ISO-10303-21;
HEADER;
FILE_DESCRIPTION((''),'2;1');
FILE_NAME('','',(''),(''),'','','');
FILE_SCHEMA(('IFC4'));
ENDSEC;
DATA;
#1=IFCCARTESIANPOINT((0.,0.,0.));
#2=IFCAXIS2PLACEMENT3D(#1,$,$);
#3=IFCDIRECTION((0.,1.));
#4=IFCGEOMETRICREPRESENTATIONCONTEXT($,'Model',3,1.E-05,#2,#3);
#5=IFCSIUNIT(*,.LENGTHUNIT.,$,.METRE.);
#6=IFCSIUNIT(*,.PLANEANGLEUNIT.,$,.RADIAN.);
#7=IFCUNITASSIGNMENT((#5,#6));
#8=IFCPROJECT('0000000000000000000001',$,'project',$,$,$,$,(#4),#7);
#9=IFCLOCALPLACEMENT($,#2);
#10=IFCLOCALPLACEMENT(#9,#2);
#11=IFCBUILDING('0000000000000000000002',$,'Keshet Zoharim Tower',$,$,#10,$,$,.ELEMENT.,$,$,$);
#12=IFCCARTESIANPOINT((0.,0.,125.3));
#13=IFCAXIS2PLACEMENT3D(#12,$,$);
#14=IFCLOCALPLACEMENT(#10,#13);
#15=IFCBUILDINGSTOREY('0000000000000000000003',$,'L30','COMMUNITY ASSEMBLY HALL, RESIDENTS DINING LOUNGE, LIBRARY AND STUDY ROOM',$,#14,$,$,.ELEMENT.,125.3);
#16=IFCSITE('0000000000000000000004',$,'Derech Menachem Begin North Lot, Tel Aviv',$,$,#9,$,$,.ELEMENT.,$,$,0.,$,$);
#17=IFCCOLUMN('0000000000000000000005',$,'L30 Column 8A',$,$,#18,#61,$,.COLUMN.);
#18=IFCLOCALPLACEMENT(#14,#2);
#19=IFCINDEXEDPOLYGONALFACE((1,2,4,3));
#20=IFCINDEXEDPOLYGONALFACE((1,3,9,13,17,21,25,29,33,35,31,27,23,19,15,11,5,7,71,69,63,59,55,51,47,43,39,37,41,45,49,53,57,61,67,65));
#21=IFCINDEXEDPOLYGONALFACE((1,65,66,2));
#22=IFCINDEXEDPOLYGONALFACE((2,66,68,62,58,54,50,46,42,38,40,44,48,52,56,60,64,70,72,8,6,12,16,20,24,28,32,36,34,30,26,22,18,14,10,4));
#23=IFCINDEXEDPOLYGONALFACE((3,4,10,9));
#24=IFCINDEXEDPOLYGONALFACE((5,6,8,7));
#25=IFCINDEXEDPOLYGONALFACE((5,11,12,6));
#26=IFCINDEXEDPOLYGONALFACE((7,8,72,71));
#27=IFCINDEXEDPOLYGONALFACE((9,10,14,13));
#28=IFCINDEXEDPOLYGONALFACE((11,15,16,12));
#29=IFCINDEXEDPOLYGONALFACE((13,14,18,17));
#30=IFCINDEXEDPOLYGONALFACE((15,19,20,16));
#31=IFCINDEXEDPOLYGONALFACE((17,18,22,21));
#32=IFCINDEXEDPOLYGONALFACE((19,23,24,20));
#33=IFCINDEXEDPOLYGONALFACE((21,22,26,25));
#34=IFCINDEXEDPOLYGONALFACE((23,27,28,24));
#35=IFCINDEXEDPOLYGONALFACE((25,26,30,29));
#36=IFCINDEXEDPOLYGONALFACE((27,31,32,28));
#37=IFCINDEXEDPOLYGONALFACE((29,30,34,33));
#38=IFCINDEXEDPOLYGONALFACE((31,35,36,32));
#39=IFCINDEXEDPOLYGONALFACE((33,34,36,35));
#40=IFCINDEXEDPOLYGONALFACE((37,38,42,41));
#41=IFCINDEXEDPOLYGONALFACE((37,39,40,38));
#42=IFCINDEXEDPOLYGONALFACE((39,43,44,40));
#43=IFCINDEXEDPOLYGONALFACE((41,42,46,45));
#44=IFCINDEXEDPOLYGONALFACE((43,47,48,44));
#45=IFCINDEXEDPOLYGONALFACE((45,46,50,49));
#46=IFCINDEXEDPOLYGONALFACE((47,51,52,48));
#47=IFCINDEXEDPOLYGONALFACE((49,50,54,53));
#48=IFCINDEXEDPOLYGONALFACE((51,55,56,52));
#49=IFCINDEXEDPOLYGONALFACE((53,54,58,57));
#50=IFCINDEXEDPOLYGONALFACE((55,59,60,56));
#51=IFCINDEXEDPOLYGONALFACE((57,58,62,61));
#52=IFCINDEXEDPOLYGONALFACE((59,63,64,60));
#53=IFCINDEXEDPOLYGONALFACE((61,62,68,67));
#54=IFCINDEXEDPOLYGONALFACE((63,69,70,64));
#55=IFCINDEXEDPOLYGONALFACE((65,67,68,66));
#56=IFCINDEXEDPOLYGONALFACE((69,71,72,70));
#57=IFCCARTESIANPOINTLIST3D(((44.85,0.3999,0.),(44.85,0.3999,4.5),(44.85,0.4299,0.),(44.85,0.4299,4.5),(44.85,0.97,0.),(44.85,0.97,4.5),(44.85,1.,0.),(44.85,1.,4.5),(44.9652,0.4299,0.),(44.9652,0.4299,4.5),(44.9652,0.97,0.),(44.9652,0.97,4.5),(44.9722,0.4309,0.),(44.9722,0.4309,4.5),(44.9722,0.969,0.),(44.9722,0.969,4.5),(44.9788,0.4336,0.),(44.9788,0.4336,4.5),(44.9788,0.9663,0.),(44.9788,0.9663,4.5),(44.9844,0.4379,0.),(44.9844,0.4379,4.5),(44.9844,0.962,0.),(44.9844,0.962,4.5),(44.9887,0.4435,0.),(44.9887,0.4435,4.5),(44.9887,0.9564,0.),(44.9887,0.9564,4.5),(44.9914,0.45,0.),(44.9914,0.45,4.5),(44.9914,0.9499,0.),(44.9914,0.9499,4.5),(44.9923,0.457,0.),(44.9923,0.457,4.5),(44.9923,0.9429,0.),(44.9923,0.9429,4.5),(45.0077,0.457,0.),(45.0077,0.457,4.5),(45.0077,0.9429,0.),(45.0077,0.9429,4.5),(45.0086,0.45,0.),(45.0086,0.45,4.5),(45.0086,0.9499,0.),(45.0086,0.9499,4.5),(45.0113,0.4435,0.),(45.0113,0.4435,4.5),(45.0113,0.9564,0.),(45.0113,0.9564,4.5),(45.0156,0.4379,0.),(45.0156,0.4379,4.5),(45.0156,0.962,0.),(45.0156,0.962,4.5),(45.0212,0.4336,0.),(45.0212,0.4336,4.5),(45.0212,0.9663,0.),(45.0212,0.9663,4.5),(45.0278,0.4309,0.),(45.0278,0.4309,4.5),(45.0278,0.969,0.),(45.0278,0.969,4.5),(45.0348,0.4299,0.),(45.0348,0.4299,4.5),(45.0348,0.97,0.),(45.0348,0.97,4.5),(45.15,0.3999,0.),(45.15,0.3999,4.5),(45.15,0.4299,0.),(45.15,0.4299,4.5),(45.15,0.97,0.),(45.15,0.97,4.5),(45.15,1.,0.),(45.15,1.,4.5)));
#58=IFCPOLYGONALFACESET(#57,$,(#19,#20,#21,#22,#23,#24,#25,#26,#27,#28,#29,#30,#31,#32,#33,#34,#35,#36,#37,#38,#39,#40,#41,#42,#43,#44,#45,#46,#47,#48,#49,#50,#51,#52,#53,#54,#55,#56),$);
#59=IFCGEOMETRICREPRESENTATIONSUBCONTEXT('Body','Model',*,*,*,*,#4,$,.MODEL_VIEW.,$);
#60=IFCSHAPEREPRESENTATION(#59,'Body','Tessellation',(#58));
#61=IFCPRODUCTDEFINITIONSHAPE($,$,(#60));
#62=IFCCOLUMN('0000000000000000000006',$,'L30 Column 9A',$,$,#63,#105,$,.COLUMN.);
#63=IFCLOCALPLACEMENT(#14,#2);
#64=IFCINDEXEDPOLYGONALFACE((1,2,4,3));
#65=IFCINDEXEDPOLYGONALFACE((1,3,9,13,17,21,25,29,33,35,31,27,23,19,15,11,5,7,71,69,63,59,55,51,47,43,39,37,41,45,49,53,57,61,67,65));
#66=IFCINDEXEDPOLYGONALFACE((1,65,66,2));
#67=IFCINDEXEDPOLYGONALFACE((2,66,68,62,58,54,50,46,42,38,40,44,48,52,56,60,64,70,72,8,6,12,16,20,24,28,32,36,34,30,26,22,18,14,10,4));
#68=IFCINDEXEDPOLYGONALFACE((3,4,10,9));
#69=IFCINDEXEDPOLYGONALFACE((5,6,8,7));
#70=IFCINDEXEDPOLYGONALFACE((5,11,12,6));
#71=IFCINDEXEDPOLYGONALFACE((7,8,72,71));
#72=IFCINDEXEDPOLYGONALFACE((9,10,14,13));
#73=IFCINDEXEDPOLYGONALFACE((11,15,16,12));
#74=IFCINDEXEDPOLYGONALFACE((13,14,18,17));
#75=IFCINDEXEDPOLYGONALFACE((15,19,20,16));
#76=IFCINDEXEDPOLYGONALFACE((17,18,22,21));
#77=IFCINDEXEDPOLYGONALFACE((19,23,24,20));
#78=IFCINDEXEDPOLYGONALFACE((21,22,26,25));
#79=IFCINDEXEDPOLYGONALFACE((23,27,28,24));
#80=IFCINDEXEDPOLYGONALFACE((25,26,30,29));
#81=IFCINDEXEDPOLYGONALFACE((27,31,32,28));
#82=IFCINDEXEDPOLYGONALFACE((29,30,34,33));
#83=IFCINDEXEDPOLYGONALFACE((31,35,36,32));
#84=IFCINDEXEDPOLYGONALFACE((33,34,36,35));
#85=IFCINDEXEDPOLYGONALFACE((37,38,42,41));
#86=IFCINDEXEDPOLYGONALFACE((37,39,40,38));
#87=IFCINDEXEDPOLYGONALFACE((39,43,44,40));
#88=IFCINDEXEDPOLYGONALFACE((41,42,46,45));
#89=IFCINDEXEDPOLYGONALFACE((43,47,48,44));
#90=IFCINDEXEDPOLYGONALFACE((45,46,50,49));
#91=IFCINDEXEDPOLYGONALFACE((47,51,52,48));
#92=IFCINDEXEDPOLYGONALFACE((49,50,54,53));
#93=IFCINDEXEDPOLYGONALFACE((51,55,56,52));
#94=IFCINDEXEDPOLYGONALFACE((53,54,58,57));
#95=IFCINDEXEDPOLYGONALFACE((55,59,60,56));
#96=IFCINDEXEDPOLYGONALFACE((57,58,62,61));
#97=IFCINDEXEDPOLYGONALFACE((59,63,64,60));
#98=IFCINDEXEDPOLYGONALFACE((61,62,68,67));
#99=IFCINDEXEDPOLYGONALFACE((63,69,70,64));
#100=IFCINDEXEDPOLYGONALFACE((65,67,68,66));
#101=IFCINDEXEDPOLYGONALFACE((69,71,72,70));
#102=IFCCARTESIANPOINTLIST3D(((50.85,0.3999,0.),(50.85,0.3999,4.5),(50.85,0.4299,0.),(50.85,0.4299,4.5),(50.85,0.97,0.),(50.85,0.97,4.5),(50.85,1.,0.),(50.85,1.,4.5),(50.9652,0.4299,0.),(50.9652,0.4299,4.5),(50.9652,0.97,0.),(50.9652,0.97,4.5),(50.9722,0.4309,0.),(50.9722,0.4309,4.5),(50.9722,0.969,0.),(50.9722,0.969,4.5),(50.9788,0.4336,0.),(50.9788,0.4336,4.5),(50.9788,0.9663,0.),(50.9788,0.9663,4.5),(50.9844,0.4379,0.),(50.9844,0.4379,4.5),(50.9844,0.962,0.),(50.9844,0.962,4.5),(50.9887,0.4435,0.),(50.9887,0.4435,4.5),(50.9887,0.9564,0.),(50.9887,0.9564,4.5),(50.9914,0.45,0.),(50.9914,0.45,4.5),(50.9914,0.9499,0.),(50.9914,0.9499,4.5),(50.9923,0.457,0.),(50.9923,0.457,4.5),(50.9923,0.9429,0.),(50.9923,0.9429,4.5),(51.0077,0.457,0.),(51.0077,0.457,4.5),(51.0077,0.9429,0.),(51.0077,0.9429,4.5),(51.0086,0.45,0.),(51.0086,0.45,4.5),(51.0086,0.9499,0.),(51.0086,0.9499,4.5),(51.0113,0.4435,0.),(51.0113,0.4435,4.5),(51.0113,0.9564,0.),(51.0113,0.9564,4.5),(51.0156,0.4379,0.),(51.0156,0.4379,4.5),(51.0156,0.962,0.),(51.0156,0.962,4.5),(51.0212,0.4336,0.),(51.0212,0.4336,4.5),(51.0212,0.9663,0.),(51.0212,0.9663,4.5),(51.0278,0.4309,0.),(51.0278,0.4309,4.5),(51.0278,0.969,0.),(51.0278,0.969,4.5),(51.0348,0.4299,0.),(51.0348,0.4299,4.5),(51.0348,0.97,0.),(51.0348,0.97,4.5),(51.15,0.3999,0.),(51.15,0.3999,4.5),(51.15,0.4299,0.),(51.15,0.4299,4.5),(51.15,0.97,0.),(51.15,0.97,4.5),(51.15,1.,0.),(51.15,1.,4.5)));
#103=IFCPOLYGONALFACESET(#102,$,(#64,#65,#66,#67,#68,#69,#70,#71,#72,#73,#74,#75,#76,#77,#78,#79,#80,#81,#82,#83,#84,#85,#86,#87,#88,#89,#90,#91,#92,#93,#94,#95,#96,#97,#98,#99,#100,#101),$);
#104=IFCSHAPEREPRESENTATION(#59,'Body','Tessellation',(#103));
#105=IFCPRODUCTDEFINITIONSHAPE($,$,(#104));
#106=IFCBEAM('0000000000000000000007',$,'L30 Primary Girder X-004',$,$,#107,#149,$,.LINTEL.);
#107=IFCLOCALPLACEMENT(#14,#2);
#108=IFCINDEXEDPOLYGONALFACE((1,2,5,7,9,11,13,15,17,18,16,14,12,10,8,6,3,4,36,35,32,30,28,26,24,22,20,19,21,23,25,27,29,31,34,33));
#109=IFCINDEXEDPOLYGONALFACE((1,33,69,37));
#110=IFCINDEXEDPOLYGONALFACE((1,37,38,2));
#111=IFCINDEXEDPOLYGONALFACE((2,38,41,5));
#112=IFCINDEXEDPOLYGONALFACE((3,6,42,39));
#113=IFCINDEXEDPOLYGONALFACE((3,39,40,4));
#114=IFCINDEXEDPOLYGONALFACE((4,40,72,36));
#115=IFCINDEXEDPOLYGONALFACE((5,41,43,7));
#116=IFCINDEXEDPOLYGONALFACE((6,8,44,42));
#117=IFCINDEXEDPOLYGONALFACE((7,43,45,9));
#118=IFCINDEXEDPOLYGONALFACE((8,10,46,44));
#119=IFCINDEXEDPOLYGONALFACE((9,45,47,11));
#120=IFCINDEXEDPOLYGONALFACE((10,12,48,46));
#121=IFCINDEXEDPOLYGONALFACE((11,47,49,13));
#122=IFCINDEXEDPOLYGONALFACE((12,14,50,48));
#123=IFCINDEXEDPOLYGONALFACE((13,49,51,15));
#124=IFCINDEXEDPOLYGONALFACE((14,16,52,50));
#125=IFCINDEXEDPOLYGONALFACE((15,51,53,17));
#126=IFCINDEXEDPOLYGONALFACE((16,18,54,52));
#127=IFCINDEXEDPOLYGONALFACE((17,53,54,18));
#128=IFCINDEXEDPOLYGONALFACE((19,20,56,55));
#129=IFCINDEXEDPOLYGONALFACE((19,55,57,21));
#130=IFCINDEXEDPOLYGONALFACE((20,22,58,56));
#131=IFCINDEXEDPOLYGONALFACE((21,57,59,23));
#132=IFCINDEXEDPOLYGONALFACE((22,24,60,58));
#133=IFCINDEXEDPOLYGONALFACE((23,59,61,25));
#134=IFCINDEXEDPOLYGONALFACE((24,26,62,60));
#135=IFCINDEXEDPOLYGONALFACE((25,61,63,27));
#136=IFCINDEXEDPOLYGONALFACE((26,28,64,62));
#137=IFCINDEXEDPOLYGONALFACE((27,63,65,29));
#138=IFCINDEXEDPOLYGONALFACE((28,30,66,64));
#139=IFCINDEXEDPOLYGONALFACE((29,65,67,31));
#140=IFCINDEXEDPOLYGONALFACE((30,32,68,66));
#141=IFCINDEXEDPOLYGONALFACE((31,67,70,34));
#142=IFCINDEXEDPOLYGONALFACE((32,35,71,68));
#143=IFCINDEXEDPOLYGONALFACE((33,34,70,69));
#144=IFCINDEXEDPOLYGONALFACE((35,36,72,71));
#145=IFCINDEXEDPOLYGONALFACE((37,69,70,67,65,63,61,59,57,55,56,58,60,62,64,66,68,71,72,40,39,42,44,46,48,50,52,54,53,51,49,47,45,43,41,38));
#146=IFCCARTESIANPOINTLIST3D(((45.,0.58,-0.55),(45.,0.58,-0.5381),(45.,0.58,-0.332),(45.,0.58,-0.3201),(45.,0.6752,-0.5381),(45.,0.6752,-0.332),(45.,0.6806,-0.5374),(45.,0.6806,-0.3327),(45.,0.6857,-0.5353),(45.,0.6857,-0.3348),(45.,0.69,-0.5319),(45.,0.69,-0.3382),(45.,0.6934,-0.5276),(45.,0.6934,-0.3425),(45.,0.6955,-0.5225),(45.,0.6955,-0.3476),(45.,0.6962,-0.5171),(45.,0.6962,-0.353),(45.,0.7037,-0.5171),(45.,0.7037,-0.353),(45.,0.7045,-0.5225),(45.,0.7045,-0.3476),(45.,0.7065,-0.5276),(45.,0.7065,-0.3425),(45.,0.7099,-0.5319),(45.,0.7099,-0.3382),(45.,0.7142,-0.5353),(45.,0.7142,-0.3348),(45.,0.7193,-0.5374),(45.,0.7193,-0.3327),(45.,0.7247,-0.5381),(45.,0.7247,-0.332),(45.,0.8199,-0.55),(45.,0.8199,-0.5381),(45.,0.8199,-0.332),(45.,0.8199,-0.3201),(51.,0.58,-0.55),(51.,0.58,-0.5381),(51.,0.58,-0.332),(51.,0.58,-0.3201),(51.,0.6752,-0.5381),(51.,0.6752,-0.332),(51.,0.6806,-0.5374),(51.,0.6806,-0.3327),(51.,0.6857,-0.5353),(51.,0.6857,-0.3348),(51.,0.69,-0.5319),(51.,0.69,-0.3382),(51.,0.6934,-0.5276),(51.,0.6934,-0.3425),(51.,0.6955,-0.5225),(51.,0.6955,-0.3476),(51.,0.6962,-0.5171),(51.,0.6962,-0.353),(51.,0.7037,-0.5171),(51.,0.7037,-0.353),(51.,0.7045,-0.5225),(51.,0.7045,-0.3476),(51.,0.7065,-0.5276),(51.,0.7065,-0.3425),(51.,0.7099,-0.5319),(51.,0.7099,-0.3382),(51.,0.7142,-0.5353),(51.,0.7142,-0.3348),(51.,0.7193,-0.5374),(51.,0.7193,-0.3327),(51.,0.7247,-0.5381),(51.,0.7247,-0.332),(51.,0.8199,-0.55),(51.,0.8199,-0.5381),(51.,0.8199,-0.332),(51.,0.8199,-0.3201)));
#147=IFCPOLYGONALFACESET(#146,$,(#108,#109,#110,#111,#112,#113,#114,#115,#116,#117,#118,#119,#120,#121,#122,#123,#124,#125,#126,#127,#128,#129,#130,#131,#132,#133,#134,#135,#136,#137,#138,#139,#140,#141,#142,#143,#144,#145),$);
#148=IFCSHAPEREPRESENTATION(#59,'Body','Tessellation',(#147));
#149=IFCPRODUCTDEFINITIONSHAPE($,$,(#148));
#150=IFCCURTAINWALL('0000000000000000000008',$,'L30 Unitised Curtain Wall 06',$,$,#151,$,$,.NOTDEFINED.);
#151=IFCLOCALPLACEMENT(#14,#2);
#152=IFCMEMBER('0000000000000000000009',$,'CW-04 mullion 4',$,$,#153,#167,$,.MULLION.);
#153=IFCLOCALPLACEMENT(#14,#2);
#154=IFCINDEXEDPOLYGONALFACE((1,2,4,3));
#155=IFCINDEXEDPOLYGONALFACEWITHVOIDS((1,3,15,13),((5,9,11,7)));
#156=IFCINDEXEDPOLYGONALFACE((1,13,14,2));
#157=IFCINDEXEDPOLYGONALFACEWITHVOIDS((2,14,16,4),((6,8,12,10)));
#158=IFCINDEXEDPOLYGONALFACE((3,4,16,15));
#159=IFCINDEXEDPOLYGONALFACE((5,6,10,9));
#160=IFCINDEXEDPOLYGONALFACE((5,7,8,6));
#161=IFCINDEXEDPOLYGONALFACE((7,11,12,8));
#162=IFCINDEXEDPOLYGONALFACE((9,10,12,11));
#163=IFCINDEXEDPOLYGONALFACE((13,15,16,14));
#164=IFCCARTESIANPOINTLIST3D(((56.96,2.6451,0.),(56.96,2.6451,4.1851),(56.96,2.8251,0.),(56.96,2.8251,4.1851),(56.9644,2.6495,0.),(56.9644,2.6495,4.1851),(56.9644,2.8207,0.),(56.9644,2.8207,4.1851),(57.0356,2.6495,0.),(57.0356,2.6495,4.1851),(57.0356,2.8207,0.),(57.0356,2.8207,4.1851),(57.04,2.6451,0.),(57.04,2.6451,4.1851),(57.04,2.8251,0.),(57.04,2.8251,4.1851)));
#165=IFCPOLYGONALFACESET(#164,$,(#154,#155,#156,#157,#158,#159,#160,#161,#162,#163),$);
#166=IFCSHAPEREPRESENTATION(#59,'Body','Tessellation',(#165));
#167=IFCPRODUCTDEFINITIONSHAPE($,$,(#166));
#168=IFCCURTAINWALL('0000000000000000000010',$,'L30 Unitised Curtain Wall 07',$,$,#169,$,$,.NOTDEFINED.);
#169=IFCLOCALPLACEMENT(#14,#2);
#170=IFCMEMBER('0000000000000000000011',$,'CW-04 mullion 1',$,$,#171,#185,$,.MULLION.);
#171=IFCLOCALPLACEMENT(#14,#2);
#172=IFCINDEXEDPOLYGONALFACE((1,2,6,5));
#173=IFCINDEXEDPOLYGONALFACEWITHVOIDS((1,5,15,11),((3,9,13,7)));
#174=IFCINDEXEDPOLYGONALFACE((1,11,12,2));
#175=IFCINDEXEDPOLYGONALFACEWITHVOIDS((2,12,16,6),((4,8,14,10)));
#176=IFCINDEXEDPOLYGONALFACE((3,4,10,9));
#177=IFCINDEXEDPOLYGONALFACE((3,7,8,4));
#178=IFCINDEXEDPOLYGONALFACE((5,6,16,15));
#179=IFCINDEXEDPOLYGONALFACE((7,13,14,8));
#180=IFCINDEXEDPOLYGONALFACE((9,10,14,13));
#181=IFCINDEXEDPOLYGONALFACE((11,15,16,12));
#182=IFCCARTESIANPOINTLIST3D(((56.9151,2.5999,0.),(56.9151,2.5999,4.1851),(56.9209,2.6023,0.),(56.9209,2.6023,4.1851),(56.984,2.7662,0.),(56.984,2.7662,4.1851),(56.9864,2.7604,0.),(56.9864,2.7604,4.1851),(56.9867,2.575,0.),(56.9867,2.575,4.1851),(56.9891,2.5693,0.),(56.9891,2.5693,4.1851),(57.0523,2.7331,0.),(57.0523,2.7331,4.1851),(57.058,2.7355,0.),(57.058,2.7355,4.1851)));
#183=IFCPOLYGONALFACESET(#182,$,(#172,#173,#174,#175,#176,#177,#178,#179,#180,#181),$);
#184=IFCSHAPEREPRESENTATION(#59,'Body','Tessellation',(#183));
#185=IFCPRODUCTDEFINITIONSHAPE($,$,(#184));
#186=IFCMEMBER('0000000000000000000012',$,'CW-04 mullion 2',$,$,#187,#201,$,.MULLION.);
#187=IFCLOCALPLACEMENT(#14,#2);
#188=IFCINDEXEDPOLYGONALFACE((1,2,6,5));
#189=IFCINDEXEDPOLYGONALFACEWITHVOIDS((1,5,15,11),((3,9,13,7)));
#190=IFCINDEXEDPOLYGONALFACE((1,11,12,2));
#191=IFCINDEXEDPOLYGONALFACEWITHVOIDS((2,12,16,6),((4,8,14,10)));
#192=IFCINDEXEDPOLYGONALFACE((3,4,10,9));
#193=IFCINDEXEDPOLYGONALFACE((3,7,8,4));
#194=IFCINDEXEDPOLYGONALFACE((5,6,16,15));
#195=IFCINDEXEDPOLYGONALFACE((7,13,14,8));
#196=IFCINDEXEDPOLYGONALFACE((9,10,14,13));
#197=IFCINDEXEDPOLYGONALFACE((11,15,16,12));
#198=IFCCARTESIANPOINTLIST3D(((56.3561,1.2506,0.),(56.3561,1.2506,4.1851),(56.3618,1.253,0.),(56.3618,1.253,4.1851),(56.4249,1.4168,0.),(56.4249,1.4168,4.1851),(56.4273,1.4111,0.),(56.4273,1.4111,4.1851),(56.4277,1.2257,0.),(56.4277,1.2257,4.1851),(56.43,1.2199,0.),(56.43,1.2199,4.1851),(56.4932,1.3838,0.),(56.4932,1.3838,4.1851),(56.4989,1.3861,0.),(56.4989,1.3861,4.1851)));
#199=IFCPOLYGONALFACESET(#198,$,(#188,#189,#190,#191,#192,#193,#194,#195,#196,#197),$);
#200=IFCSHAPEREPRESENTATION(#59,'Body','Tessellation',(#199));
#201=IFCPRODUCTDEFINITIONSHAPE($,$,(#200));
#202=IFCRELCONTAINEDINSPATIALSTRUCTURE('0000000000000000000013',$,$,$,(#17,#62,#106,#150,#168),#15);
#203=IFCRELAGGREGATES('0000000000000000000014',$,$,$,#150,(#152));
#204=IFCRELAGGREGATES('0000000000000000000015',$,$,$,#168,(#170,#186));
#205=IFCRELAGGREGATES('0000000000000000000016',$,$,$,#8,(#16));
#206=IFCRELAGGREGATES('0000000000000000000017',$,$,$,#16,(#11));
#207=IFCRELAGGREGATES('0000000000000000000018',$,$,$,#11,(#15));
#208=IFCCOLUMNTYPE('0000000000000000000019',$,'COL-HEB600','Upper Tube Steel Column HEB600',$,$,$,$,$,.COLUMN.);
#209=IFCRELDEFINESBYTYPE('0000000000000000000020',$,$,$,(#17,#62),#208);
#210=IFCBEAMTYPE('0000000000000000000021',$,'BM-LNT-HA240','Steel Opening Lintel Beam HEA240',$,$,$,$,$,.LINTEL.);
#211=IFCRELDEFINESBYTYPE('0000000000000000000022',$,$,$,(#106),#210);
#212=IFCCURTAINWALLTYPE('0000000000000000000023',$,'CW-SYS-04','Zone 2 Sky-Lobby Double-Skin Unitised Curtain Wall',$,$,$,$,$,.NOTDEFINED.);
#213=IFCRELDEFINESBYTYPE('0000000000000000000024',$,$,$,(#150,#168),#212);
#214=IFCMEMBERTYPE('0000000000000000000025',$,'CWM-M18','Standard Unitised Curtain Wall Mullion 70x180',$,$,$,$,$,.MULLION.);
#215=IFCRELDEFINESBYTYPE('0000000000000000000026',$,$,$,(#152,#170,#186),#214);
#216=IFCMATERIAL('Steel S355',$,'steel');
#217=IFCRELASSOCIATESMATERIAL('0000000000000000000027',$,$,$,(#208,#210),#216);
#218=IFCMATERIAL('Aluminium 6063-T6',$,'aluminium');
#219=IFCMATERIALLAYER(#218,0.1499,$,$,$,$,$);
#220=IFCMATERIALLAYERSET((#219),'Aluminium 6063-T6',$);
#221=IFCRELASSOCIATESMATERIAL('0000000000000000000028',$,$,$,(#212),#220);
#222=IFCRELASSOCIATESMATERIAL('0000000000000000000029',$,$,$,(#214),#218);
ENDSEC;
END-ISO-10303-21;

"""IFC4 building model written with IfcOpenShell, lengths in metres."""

from ifc_helpers import new_model, si_unit, direction, frame, origin, origin_2d, place, context, subcontext, project, spatial, hollow_rectangle, i_section, extrude, material, layer, layer_set, material_profile, profile_set, type_object, element, aggregate, save


model = new_model("IFC4")

# Units and contexts
model_context = context("Model", 3, precision=1e-05, world=origin(), true_north=direction((0.0, 1.0)))
body_context = subcontext(model_context, "Body", "Model", "MODEL_VIEW")
ifc_project = project(units=[si_unit("LENGTHUNIT", "METRE"), si_unit("PLANEANGLEUNIT", "RADIAN")], contexts=[model_context])

# Site, building, storey
site_placement = place(None, origin())
site = spatial("IfcSite", under=ifc_project, at=site_placement, Name="Derech Menachem Begin North Lot, Tel Aviv", CompositionType="ELEMENT", RefElevation=0.0)
building_placement = place(site_placement, origin())
building = spatial("IfcBuilding", under=site, at=building_placement, Name="Keshet Zoharim Tower", CompositionType="ELEMENT")
storey_placement = place(building_placement, frame((0.0, 0.0, 125.3)))
storey = spatial("IfcBuildingStorey", under=building, at=storey_placement, Name="L30", Description="COMMUNITY ASSEMBLY HALL, RESIDENTS DINING LOUNGE, LIBRARY AND STUDY ROOM", CompositionType="ELEMENT", Elevation=125.3)

# Columns
ifc_material_1 = material(Name="Steel S355", Category="steel")
ifc_material_profile_1 = material_profile(ifc_material_1, i_section(OverallWidth=0.3, OverallDepth=0.6001, WebThickness=0.0154, FlangeThickness=0.03, FilletRadius=0.0271, at=origin_2d()), Name="HEB600")
ifc_profile_set_1 = profile_set([ifc_material_profile_1], Name="Steel S355")
column_type = type_object("IfcColumnType", Name="COL-HEB600", Description="Upper Tube Steel Column HEB600", PredefinedType="COLUMN", material=ifc_profile_set_1)
for number, where, z_axis, x_axis, name in (
    (1, (45.0, 0.7, 0.0), (0.0, 0.0, 1.0), (1.0, 0.0, 0.0), "L30 Column 8A"),
    (2, (51.0, 0.7, 0.0), (0.0, 0.0, 1.0), (1.0, 0.0, 0.0), "L30 Column 9A"),
):
    element("IfcColumn", number, at=place(storey_placement, frame(where, z_axis=z_axis, x_axis=x_axis)), inside=storey, type_object=column_type, Name=name, PredefinedType="COLUMN", context=body_context, shape_type="SweptSolid", body=[
        extrude(i_section(OverallWidth=0.3, OverallDepth=0.6001, WebThickness=0.0154, FlangeThickness=0.03, FilletRadius=0.0271, at=origin_2d()), origin(), (0.0, 0.0, 1.0), 4.5),
    ])

# Beam
ifc_material_profile_2 = material_profile(ifc_material_1, i_section(OverallWidth=0.24, OverallDepth=0.23, WebThickness=0.0076, FlangeThickness=0.012, FilletRadius=0.021, at=origin_2d()), Name="HEA240")
ifc_profile_set_2 = profile_set([ifc_material_profile_2], Name="Steel S355")
beam_type = type_object("IfcBeamType", Name="BM-LNT-HA240", Description="Steel Opening Lintel Beam HEA240", PredefinedType="LINTEL", material=ifc_profile_set_2)
beam_placement = place(storey_placement, frame((45.0, 0.7, -0.4351), z_axis=(1.0, 0.0, 0.0), x_axis=(0.0, 1.0, 0.0)))
element("IfcBeam", 3, at=beam_placement, inside=storey, type_object=beam_type, Name="L30 Primary Girder X-004", PredefinedType="LINTEL", context=body_context, shape_type="SweptSolid", body=[
    extrude(i_section(OverallWidth=0.24, OverallDepth=0.23, WebThickness=0.0076, FlangeThickness=0.012, FilletRadius=0.021, at=origin_2d()), origin(), (0.0, 0.0, 1.0), 6.0),
])

# Curtain wall, member
ifc_material_2 = material(Name="Aluminium 6063-T6", Category="aluminium")
ifc_layer_1 = layer(ifc_material_2, 0.1499)
ifc_layer_set_1 = layer_set([ifc_layer_1], Name="Aluminium 6063-T6")
curtain_wall_type = type_object("IfcCurtainWallType", Name="CW-SYS-04", Description="Zone 2 Sky-Lobby Double-Skin Unitised Curtain Wall", PredefinedType="NOTDEFINED", material=ifc_layer_set_1)
curtain_wall_1_placement = place(storey_placement, origin())
curtain_wall_1 = element("IfcCurtainWall", 4, at=curtain_wall_1_placement, inside=storey, type_object=curtain_wall_type, Name="L30 Unitised Curtain Wall 06", PredefinedType="NOTDEFINED")
ifc_material_profile_3 = material_profile(ifc_material_2, hollow_rectangle(XDim=0.0801, YDim=0.1799, WallThickness=0.0044, at=origin_2d()), Name="MUL-80x180")
ifc_profile_set_3 = profile_set([ifc_material_profile_3], Name="Aluminium 6063-T6")
member_type_1 = type_object("IfcMemberType", Name="CWM-M18", Description="Standard Unitised Curtain Wall Mullion 70x180", PredefinedType="MULLION", material=ifc_profile_set_3)
member_1_placement = place(storey_placement, frame((57.0, 2.7351, 0.0), z_axis=(0.0, 0.0, 1.0), x_axis=(1.0, 0.0, 0.0)))
member_1 = element("IfcMember", 5, at=member_1_placement, type_object=member_type_1, Name="CW-04 mullion 4", PredefinedType="MULLION", context=body_context, shape_type="SweptSolid", body=[
    extrude(hollow_rectangle(XDim=0.0801, YDim=0.1799, WallThickness=0.0044, at=origin_2d()), origin(), (0.0, 0.0, 1.0), 4.1851),
])
aggregate(curtain_wall_1, [member_1])

# Curtain wall, members
curtain_wall_2_placement = place(storey_placement, origin())
curtain_wall_2 = element("IfcCurtainWall", 6, at=curtain_wall_2_placement, inside=storey, type_object=curtain_wall_type, Name="L30 Unitised Curtain Wall 07", PredefinedType="NOTDEFINED")
member_2_placement = place(storey_placement, frame((56.9866, 2.6677, 0.0), z_axis=(0.0, 0.0, 1.0), x_axis=(0.92381, -0.382852, 0.0)))
member_2 = element("IfcMember", 7, at=member_2_placement, type_object=member_type_1, Name="CW-04 mullion 1", PredefinedType="MULLION", context=body_context, shape_type="SweptSolid", body=[
    extrude(hollow_rectangle(XDim=0.0801, YDim=0.1799, WallThickness=0.0044, at=origin_2d()), origin(), (0.0, 0.0, 1.0), 4.1851),
])
member_3_placement = place(storey_placement, frame((56.4275, 1.3184, 0.0), z_axis=(0.0, 0.0, 1.0), x_axis=(0.92381, -0.382852, 0.0)))
member_3 = element("IfcMember", 8, at=member_3_placement, type_object=member_type_1, Name="CW-04 mullion 2", PredefinedType="MULLION", context=body_context, shape_type="SweptSolid", body=[
    extrude(hollow_rectangle(XDim=0.0801, YDim=0.1799, WallThickness=0.0044, at=origin_2d()), origin(), (0.0, 0.0, 1.0), 4.1851),
])

aggregate(curtain_wall_2, [member_2, member_3])

save(model, "model.ifc")
